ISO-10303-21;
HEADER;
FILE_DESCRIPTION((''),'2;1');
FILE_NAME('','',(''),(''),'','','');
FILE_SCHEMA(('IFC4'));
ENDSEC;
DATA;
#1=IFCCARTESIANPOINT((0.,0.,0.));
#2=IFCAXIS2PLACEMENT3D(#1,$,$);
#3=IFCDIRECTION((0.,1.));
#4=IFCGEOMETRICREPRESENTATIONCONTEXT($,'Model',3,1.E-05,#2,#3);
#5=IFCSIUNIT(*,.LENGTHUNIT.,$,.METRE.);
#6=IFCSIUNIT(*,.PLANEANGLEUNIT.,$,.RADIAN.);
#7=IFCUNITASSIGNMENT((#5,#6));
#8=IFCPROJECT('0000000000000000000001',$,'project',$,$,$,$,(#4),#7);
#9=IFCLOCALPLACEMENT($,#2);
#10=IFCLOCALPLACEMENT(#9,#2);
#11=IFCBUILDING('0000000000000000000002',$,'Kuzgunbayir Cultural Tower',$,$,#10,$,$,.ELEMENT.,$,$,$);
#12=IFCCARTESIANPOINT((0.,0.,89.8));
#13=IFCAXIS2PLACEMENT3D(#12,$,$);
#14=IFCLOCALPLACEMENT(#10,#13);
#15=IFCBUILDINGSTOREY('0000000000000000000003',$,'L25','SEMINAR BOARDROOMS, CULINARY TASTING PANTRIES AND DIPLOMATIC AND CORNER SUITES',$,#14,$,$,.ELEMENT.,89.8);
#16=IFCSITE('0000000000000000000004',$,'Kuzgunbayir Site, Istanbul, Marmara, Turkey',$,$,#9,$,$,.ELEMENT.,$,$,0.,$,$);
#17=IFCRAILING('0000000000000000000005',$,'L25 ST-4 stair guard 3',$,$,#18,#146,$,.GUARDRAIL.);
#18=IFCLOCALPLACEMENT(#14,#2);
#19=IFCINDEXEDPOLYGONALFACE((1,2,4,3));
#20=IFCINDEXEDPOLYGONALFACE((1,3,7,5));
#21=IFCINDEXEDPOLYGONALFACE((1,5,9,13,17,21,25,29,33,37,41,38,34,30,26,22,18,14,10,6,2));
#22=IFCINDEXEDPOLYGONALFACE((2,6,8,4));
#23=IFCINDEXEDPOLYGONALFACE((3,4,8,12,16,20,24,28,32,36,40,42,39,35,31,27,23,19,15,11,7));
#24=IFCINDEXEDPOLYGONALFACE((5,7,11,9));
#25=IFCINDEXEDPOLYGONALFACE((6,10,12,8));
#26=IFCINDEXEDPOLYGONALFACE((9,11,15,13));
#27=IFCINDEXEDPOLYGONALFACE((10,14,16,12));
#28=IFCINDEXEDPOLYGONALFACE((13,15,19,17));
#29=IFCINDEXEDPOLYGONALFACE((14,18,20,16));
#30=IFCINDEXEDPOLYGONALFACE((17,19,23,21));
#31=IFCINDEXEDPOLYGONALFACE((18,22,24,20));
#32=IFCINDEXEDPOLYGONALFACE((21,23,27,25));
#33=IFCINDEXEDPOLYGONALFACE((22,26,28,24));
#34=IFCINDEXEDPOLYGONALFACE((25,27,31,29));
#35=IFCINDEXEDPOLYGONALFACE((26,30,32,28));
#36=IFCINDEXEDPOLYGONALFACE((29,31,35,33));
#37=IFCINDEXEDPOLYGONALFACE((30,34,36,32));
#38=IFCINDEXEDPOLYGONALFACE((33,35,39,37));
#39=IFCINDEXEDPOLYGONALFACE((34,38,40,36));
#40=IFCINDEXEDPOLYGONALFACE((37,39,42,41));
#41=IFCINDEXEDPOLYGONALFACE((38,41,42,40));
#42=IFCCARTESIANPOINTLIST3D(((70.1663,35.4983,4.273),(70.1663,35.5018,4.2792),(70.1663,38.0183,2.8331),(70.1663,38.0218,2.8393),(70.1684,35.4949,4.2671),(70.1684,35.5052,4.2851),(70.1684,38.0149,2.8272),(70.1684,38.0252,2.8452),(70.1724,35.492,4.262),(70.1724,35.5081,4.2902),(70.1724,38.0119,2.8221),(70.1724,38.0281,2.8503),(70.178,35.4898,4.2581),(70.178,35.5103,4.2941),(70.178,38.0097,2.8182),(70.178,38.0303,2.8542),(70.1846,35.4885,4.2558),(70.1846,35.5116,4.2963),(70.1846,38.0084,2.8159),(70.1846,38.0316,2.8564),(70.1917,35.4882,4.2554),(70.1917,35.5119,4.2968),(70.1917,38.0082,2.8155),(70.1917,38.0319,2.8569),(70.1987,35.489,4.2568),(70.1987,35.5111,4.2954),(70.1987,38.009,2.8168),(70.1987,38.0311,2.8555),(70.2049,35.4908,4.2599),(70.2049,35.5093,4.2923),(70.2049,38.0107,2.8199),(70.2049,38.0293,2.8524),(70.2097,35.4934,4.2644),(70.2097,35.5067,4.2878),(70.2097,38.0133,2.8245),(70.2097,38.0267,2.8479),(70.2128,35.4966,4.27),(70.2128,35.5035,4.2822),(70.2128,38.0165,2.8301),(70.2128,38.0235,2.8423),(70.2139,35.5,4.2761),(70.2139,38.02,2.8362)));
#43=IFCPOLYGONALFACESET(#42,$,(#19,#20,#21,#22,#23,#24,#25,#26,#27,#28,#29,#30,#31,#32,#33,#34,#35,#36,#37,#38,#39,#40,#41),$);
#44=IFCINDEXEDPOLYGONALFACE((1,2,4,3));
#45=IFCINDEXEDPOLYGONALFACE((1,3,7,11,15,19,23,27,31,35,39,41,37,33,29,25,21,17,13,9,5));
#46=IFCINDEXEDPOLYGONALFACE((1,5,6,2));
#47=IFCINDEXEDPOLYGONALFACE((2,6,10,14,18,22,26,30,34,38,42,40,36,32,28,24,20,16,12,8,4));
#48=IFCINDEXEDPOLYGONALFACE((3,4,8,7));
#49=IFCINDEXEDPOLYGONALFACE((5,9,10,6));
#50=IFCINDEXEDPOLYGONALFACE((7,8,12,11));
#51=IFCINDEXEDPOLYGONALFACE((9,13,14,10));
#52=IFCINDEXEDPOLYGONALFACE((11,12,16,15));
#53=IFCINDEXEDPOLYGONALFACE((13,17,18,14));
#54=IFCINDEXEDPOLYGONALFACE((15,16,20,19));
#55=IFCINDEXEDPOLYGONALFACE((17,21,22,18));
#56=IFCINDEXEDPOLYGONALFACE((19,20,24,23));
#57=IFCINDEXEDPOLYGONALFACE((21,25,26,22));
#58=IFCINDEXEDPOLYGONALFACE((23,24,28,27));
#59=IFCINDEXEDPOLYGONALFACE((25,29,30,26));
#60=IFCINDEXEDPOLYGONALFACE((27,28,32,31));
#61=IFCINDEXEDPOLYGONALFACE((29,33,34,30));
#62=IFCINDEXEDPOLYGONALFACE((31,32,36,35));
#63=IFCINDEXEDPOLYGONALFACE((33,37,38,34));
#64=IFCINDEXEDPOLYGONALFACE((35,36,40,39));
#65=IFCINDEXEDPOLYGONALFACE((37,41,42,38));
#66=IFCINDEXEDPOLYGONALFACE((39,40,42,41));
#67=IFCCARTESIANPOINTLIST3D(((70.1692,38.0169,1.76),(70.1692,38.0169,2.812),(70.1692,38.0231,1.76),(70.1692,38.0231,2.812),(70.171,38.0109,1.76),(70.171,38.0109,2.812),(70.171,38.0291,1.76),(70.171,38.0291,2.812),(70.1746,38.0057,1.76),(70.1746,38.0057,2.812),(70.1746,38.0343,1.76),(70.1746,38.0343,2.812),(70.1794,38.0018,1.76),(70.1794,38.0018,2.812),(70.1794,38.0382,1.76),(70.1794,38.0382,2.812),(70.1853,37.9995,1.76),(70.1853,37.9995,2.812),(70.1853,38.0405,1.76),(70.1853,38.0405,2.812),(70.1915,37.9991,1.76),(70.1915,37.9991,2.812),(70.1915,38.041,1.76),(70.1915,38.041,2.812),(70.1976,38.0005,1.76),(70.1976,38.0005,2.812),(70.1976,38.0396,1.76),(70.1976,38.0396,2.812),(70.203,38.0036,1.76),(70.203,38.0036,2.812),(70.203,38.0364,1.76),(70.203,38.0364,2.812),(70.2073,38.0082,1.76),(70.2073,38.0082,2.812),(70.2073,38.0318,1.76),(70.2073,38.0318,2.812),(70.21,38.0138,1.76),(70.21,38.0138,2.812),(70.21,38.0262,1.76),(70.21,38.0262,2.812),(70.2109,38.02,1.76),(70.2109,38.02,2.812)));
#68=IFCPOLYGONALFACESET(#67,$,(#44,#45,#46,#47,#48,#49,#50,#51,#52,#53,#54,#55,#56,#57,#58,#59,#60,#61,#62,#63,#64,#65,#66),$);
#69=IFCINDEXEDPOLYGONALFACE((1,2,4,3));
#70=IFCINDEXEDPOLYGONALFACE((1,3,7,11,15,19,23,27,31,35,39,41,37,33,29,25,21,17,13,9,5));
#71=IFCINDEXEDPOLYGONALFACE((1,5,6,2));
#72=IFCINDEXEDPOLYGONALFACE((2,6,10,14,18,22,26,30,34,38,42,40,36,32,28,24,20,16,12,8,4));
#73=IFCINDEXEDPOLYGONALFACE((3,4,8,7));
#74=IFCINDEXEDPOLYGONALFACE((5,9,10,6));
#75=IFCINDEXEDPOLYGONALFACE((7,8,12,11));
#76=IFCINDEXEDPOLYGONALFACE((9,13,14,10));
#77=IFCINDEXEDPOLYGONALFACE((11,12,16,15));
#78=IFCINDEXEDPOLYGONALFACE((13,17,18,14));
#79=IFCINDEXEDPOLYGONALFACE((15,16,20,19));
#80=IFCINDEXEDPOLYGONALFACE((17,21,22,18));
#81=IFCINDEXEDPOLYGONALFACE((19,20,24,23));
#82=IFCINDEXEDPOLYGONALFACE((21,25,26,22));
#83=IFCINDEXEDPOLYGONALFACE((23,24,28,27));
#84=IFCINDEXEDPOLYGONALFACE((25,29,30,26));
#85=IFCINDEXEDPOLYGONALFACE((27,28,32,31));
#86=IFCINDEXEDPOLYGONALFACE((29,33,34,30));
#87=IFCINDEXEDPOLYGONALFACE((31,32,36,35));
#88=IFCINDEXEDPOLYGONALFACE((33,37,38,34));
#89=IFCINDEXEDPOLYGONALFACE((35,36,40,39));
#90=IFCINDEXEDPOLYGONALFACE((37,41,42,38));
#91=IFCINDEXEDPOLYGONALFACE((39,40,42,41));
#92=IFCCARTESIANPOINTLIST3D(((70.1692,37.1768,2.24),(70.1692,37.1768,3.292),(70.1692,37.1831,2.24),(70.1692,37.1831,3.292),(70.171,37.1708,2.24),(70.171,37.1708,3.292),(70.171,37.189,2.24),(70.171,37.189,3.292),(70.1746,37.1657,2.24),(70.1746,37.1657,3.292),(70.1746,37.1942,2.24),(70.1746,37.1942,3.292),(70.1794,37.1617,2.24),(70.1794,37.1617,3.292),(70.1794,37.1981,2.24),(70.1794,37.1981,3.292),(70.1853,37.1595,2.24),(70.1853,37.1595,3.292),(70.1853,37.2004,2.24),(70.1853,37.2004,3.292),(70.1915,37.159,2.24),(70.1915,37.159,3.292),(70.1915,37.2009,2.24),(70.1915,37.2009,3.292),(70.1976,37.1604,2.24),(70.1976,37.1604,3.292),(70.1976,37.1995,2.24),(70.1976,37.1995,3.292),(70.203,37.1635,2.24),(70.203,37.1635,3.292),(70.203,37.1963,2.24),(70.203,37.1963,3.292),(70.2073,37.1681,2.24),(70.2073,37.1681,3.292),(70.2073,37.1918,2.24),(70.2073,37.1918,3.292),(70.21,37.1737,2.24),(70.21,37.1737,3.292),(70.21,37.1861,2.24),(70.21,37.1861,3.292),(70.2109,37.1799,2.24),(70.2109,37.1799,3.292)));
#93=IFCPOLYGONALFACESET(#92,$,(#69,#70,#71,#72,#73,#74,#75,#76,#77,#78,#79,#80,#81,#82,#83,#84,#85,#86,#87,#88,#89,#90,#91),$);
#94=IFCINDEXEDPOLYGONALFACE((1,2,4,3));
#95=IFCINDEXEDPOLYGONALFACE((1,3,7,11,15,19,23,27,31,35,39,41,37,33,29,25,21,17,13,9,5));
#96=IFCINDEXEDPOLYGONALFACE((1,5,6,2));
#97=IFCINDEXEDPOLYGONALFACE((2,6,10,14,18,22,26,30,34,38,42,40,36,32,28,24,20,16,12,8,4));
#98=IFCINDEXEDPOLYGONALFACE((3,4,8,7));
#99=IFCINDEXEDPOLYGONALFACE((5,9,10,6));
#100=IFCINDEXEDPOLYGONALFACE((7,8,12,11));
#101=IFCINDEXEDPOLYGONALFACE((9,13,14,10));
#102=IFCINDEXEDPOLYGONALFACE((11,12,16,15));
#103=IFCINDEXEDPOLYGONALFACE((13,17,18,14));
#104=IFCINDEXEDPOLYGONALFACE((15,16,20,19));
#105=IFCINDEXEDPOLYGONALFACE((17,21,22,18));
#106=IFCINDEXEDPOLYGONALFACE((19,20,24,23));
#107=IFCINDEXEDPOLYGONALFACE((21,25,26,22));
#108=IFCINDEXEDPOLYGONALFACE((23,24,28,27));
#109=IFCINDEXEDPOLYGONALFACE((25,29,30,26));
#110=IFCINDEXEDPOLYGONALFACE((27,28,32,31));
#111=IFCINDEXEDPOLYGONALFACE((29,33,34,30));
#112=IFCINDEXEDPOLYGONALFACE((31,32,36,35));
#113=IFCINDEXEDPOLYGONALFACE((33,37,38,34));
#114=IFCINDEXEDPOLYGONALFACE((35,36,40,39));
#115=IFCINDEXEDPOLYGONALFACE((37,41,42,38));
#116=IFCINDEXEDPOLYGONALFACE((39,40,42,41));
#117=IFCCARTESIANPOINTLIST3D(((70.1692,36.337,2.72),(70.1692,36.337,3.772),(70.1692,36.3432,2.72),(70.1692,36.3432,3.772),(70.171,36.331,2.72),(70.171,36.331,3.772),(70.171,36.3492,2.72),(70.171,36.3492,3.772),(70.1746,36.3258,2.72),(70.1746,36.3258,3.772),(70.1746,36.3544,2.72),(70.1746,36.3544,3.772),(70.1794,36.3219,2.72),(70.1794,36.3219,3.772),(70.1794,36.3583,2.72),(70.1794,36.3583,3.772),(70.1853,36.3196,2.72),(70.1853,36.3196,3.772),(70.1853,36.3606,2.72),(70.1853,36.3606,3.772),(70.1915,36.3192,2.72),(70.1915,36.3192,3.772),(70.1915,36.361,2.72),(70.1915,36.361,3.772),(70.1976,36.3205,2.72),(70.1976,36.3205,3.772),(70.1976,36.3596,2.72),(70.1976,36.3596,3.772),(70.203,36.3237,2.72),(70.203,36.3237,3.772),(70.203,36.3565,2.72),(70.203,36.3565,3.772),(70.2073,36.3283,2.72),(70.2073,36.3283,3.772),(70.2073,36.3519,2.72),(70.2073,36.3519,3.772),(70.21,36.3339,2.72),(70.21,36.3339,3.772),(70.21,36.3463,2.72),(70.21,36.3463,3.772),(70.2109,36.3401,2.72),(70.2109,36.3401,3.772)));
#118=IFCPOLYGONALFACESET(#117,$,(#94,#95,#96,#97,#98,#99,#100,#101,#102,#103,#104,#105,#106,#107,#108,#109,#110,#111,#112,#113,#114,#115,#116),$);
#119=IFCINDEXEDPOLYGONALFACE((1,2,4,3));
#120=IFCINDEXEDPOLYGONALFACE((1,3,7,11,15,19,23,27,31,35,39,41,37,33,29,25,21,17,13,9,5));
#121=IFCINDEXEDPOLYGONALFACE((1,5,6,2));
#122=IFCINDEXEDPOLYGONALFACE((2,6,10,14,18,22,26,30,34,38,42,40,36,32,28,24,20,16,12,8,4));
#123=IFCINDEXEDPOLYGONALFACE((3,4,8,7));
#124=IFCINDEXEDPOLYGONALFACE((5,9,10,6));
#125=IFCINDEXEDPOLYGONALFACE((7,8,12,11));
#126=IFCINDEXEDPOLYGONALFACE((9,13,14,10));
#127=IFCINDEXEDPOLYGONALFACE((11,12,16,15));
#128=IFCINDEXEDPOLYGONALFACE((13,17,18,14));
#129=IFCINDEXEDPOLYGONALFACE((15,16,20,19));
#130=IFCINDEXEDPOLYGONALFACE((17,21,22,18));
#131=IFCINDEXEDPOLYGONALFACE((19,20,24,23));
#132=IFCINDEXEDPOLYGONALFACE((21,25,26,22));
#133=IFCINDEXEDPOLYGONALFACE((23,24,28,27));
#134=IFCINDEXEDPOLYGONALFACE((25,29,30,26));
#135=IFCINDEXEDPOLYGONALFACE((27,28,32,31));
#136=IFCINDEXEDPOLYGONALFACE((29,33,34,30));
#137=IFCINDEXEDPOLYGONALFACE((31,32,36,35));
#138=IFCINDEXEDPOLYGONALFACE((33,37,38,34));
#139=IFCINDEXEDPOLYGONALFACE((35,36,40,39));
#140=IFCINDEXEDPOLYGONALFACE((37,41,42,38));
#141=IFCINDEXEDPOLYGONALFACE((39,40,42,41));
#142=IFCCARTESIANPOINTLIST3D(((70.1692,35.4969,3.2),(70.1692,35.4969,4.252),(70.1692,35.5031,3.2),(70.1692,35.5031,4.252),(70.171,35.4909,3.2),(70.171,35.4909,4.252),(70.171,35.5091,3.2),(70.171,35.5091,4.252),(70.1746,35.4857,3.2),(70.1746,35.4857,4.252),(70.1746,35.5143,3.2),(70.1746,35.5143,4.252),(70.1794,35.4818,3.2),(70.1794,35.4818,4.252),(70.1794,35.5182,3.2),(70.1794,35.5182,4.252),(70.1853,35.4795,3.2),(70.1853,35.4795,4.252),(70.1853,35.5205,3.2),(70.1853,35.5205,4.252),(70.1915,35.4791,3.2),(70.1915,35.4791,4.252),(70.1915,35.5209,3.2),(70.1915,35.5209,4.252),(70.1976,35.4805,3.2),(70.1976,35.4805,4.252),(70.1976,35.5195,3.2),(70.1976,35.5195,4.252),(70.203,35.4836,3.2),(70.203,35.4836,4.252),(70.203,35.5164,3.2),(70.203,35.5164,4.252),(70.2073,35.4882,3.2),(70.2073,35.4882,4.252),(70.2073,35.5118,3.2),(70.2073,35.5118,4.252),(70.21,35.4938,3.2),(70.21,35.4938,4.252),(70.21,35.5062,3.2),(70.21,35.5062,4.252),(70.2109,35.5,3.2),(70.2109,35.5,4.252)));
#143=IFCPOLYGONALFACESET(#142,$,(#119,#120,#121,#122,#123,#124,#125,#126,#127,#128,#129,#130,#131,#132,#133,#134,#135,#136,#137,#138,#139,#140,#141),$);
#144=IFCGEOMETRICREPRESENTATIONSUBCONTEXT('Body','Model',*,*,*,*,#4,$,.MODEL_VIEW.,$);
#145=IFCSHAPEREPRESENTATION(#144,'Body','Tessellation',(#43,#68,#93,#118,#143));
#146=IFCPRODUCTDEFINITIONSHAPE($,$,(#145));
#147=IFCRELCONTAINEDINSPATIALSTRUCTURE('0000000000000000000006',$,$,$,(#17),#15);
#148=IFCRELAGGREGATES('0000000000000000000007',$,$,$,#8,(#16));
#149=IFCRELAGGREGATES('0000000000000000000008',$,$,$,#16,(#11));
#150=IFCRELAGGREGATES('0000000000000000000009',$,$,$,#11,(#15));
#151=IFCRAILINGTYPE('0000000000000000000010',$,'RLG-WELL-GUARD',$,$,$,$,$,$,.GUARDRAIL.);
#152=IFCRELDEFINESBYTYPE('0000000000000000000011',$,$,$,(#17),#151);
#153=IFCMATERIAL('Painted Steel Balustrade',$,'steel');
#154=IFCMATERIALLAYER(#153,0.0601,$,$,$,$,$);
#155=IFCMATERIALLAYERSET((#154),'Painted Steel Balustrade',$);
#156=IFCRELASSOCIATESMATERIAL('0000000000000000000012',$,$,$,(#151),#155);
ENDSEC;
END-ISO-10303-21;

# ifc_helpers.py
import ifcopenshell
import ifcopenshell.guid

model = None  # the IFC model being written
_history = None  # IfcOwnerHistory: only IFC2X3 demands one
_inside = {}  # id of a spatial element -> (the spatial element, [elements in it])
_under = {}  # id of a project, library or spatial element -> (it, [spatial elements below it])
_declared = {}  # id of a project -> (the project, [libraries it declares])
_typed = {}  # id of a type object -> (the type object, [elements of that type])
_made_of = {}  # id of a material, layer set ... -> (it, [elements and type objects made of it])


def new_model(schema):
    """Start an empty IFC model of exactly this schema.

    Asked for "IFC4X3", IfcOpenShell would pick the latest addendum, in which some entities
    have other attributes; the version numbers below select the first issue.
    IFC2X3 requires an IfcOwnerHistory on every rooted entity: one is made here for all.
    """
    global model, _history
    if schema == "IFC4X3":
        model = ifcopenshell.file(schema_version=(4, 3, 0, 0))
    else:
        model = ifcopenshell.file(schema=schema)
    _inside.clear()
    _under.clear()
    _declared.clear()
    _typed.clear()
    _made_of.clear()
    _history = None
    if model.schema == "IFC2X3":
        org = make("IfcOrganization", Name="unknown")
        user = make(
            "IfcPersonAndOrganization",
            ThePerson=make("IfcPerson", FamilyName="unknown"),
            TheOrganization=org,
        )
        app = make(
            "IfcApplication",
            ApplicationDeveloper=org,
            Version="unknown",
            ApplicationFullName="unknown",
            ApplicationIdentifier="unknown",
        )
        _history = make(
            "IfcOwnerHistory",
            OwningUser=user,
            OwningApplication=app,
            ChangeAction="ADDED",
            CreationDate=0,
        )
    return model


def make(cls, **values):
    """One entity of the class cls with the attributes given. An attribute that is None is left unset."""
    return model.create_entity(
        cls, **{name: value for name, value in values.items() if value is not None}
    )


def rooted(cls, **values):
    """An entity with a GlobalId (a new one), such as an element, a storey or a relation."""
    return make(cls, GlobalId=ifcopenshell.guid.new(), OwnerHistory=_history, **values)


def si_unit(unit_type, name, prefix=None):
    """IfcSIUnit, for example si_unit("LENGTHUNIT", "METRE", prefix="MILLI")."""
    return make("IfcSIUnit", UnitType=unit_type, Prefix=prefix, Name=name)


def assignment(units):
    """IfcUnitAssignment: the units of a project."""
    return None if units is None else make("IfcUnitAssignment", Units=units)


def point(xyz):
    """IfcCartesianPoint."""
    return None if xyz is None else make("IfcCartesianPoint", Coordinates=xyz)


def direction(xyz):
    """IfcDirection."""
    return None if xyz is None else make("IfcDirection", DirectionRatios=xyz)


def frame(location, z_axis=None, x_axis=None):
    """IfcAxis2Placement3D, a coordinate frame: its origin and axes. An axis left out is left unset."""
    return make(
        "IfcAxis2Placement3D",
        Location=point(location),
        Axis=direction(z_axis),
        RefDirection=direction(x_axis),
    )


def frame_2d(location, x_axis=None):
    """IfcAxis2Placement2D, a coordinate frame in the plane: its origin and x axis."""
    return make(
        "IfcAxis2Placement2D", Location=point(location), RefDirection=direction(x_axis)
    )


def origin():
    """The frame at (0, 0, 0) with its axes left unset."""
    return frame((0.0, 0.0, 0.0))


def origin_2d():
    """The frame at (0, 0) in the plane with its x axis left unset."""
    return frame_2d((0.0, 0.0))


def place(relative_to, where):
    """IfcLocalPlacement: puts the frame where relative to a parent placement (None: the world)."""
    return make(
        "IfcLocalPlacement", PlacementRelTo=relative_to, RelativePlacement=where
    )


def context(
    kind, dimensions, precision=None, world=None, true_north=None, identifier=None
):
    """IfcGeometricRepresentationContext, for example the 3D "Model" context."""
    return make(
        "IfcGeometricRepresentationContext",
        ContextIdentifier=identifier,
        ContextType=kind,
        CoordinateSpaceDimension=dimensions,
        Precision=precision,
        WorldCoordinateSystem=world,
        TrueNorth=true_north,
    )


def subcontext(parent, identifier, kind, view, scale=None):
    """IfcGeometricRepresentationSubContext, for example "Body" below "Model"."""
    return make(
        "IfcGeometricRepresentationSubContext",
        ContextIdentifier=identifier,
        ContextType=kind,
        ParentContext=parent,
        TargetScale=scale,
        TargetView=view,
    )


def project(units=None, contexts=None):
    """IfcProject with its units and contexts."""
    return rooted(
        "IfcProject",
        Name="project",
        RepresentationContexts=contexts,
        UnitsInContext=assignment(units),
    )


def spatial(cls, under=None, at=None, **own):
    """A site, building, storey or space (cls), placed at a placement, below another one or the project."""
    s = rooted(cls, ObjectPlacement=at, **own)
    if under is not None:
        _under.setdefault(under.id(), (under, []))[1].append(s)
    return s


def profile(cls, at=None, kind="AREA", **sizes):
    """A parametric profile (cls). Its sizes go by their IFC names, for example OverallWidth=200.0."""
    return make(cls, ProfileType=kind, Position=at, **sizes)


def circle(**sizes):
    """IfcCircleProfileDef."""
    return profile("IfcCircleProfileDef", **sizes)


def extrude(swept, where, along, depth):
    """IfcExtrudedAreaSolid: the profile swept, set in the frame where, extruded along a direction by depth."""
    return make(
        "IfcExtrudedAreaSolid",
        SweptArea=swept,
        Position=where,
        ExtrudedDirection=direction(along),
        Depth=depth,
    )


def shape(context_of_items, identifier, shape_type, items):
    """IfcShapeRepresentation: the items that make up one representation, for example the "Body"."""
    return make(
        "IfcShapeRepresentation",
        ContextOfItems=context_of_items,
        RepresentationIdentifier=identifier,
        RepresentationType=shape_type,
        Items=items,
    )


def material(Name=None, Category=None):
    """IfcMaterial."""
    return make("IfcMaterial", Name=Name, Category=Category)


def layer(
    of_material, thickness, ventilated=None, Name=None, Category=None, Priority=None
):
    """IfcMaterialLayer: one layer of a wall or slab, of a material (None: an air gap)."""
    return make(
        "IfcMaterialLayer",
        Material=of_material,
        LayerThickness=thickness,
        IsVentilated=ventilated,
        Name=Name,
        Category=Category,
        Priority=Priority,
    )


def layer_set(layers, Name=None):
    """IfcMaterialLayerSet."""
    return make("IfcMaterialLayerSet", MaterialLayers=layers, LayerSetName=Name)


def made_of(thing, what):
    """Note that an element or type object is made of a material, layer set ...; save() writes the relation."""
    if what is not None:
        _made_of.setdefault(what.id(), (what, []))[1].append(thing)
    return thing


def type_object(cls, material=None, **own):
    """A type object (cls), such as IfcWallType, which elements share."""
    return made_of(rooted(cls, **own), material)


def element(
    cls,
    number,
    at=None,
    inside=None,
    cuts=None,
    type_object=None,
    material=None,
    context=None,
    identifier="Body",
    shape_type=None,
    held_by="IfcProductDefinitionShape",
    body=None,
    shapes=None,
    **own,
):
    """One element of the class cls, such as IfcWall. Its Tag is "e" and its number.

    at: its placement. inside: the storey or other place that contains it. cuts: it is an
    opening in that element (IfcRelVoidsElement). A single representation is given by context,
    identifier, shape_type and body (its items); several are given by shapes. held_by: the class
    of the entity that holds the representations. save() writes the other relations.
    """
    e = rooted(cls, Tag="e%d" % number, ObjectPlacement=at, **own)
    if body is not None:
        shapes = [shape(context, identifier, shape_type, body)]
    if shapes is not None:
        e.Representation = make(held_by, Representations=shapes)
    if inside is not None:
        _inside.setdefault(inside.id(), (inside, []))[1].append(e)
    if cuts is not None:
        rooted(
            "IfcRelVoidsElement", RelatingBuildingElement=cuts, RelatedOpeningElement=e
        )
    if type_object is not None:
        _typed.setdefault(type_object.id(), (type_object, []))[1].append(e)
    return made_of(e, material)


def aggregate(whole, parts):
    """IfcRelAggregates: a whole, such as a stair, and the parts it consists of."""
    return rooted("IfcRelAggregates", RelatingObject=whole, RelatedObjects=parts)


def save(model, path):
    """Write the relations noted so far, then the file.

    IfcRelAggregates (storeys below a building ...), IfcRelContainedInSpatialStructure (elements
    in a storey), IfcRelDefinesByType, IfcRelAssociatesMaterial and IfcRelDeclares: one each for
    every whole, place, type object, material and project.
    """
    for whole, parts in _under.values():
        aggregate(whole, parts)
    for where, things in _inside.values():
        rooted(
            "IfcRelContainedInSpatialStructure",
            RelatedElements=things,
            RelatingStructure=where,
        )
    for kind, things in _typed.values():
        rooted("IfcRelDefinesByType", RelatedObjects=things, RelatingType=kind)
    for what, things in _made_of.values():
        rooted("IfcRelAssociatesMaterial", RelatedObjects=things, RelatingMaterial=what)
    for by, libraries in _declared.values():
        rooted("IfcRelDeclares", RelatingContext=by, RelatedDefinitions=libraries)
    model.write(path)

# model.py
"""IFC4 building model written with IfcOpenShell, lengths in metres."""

from ifc_helpers import new_model, si_unit, direction, frame, origin, origin_2d, place, context, subcontext, project, spatial, circle, extrude, material, layer, layer_set, type_object, element, save


model = new_model("IFC4")

# Units and contexts
model_context = context("Model", 3, precision=1e-05, world=origin(), true_north=direction((0.0, 1.0)))
body_context = subcontext(model_context, "Body", "Model", "MODEL_VIEW")
ifc_project = project(units=[si_unit("LENGTHUNIT", "METRE"), si_unit("PLANEANGLEUNIT", "RADIAN")], contexts=[model_context])

# Site, building, storey
site_placement = place(None, origin())
site = spatial("IfcSite", under=ifc_project, at=site_placement, Name="Kuzgunbayir Site, Istanbul, Marmara, Turkey", CompositionType="ELEMENT", RefElevation=0.0)
building_placement = place(site_placement, origin())
building = spatial("IfcBuilding", under=site, at=building_placement, Name="Kuzgunbayir Cultural Tower", CompositionType="ELEMENT")
storey_placement = place(building_placement, frame((0.0, 0.0, 89.8)))
storey = spatial("IfcBuildingStorey", under=building, at=storey_placement, Name="L25", Description="SEMINAR BOARDROOMS, CULINARY TASTING PANTRIES AND DIPLOMATIC AND CORNER SUITES", CompositionType="ELEMENT", Elevation=89.8)

# Railing
ifc_material_1 = material(Name="Painted Steel Balustrade", Category="steel")
ifc_layer_1 = layer(ifc_material_1, 0.0601)
ifc_layer_set_1 = layer_set([ifc_layer_1], Name="Painted Steel Balustrade")
railing_type_1 = type_object("IfcRailingType", Name="RLG-WELL-GUARD", PredefinedType="GUARDRAIL", material=ifc_layer_set_1)
railing_1_placement = place(storey_placement, frame((70.1899, 38.02, 1.76)))
element("IfcRailing", 1, at=railing_1_placement, inside=storey, type_object=railing_type_1, Name="L25 ST-4 stair guard 3", PredefinedType="GUARDRAIL", context=body_context, shape_type="SweptSolid", body=[
    extrude(circle(Radius=0.0239, at=origin_2d()), frame((0.0, 0.0, 1.0762), z_axis=(0.0, -0.868253, 0.496121), x_axis=(1.0, 0.0, 0.0)), (0.0, 0.0, 1.0), 2.9023),
    extrude(circle(Radius=0.021, at=origin_2d()), origin(), (0.0, 0.0, 1.0), 1.052),
    extrude(circle(Radius=0.021, at=origin_2d()), frame((0.0, -0.8401, 0.48)), (0.0, 0.0, 1.0), 1.052),
    extrude(circle(Radius=0.021, at=origin_2d()), frame((0.0, -1.6799, 0.96)), (0.0, 0.0, 1.0), 1.052),
    extrude(circle(Radius=0.021, at=origin_2d()), frame((0.0, -2.52, 1.4399)), (0.0, 0.0, 1.0), 1.052),
])

save(model, "model.ifc")
